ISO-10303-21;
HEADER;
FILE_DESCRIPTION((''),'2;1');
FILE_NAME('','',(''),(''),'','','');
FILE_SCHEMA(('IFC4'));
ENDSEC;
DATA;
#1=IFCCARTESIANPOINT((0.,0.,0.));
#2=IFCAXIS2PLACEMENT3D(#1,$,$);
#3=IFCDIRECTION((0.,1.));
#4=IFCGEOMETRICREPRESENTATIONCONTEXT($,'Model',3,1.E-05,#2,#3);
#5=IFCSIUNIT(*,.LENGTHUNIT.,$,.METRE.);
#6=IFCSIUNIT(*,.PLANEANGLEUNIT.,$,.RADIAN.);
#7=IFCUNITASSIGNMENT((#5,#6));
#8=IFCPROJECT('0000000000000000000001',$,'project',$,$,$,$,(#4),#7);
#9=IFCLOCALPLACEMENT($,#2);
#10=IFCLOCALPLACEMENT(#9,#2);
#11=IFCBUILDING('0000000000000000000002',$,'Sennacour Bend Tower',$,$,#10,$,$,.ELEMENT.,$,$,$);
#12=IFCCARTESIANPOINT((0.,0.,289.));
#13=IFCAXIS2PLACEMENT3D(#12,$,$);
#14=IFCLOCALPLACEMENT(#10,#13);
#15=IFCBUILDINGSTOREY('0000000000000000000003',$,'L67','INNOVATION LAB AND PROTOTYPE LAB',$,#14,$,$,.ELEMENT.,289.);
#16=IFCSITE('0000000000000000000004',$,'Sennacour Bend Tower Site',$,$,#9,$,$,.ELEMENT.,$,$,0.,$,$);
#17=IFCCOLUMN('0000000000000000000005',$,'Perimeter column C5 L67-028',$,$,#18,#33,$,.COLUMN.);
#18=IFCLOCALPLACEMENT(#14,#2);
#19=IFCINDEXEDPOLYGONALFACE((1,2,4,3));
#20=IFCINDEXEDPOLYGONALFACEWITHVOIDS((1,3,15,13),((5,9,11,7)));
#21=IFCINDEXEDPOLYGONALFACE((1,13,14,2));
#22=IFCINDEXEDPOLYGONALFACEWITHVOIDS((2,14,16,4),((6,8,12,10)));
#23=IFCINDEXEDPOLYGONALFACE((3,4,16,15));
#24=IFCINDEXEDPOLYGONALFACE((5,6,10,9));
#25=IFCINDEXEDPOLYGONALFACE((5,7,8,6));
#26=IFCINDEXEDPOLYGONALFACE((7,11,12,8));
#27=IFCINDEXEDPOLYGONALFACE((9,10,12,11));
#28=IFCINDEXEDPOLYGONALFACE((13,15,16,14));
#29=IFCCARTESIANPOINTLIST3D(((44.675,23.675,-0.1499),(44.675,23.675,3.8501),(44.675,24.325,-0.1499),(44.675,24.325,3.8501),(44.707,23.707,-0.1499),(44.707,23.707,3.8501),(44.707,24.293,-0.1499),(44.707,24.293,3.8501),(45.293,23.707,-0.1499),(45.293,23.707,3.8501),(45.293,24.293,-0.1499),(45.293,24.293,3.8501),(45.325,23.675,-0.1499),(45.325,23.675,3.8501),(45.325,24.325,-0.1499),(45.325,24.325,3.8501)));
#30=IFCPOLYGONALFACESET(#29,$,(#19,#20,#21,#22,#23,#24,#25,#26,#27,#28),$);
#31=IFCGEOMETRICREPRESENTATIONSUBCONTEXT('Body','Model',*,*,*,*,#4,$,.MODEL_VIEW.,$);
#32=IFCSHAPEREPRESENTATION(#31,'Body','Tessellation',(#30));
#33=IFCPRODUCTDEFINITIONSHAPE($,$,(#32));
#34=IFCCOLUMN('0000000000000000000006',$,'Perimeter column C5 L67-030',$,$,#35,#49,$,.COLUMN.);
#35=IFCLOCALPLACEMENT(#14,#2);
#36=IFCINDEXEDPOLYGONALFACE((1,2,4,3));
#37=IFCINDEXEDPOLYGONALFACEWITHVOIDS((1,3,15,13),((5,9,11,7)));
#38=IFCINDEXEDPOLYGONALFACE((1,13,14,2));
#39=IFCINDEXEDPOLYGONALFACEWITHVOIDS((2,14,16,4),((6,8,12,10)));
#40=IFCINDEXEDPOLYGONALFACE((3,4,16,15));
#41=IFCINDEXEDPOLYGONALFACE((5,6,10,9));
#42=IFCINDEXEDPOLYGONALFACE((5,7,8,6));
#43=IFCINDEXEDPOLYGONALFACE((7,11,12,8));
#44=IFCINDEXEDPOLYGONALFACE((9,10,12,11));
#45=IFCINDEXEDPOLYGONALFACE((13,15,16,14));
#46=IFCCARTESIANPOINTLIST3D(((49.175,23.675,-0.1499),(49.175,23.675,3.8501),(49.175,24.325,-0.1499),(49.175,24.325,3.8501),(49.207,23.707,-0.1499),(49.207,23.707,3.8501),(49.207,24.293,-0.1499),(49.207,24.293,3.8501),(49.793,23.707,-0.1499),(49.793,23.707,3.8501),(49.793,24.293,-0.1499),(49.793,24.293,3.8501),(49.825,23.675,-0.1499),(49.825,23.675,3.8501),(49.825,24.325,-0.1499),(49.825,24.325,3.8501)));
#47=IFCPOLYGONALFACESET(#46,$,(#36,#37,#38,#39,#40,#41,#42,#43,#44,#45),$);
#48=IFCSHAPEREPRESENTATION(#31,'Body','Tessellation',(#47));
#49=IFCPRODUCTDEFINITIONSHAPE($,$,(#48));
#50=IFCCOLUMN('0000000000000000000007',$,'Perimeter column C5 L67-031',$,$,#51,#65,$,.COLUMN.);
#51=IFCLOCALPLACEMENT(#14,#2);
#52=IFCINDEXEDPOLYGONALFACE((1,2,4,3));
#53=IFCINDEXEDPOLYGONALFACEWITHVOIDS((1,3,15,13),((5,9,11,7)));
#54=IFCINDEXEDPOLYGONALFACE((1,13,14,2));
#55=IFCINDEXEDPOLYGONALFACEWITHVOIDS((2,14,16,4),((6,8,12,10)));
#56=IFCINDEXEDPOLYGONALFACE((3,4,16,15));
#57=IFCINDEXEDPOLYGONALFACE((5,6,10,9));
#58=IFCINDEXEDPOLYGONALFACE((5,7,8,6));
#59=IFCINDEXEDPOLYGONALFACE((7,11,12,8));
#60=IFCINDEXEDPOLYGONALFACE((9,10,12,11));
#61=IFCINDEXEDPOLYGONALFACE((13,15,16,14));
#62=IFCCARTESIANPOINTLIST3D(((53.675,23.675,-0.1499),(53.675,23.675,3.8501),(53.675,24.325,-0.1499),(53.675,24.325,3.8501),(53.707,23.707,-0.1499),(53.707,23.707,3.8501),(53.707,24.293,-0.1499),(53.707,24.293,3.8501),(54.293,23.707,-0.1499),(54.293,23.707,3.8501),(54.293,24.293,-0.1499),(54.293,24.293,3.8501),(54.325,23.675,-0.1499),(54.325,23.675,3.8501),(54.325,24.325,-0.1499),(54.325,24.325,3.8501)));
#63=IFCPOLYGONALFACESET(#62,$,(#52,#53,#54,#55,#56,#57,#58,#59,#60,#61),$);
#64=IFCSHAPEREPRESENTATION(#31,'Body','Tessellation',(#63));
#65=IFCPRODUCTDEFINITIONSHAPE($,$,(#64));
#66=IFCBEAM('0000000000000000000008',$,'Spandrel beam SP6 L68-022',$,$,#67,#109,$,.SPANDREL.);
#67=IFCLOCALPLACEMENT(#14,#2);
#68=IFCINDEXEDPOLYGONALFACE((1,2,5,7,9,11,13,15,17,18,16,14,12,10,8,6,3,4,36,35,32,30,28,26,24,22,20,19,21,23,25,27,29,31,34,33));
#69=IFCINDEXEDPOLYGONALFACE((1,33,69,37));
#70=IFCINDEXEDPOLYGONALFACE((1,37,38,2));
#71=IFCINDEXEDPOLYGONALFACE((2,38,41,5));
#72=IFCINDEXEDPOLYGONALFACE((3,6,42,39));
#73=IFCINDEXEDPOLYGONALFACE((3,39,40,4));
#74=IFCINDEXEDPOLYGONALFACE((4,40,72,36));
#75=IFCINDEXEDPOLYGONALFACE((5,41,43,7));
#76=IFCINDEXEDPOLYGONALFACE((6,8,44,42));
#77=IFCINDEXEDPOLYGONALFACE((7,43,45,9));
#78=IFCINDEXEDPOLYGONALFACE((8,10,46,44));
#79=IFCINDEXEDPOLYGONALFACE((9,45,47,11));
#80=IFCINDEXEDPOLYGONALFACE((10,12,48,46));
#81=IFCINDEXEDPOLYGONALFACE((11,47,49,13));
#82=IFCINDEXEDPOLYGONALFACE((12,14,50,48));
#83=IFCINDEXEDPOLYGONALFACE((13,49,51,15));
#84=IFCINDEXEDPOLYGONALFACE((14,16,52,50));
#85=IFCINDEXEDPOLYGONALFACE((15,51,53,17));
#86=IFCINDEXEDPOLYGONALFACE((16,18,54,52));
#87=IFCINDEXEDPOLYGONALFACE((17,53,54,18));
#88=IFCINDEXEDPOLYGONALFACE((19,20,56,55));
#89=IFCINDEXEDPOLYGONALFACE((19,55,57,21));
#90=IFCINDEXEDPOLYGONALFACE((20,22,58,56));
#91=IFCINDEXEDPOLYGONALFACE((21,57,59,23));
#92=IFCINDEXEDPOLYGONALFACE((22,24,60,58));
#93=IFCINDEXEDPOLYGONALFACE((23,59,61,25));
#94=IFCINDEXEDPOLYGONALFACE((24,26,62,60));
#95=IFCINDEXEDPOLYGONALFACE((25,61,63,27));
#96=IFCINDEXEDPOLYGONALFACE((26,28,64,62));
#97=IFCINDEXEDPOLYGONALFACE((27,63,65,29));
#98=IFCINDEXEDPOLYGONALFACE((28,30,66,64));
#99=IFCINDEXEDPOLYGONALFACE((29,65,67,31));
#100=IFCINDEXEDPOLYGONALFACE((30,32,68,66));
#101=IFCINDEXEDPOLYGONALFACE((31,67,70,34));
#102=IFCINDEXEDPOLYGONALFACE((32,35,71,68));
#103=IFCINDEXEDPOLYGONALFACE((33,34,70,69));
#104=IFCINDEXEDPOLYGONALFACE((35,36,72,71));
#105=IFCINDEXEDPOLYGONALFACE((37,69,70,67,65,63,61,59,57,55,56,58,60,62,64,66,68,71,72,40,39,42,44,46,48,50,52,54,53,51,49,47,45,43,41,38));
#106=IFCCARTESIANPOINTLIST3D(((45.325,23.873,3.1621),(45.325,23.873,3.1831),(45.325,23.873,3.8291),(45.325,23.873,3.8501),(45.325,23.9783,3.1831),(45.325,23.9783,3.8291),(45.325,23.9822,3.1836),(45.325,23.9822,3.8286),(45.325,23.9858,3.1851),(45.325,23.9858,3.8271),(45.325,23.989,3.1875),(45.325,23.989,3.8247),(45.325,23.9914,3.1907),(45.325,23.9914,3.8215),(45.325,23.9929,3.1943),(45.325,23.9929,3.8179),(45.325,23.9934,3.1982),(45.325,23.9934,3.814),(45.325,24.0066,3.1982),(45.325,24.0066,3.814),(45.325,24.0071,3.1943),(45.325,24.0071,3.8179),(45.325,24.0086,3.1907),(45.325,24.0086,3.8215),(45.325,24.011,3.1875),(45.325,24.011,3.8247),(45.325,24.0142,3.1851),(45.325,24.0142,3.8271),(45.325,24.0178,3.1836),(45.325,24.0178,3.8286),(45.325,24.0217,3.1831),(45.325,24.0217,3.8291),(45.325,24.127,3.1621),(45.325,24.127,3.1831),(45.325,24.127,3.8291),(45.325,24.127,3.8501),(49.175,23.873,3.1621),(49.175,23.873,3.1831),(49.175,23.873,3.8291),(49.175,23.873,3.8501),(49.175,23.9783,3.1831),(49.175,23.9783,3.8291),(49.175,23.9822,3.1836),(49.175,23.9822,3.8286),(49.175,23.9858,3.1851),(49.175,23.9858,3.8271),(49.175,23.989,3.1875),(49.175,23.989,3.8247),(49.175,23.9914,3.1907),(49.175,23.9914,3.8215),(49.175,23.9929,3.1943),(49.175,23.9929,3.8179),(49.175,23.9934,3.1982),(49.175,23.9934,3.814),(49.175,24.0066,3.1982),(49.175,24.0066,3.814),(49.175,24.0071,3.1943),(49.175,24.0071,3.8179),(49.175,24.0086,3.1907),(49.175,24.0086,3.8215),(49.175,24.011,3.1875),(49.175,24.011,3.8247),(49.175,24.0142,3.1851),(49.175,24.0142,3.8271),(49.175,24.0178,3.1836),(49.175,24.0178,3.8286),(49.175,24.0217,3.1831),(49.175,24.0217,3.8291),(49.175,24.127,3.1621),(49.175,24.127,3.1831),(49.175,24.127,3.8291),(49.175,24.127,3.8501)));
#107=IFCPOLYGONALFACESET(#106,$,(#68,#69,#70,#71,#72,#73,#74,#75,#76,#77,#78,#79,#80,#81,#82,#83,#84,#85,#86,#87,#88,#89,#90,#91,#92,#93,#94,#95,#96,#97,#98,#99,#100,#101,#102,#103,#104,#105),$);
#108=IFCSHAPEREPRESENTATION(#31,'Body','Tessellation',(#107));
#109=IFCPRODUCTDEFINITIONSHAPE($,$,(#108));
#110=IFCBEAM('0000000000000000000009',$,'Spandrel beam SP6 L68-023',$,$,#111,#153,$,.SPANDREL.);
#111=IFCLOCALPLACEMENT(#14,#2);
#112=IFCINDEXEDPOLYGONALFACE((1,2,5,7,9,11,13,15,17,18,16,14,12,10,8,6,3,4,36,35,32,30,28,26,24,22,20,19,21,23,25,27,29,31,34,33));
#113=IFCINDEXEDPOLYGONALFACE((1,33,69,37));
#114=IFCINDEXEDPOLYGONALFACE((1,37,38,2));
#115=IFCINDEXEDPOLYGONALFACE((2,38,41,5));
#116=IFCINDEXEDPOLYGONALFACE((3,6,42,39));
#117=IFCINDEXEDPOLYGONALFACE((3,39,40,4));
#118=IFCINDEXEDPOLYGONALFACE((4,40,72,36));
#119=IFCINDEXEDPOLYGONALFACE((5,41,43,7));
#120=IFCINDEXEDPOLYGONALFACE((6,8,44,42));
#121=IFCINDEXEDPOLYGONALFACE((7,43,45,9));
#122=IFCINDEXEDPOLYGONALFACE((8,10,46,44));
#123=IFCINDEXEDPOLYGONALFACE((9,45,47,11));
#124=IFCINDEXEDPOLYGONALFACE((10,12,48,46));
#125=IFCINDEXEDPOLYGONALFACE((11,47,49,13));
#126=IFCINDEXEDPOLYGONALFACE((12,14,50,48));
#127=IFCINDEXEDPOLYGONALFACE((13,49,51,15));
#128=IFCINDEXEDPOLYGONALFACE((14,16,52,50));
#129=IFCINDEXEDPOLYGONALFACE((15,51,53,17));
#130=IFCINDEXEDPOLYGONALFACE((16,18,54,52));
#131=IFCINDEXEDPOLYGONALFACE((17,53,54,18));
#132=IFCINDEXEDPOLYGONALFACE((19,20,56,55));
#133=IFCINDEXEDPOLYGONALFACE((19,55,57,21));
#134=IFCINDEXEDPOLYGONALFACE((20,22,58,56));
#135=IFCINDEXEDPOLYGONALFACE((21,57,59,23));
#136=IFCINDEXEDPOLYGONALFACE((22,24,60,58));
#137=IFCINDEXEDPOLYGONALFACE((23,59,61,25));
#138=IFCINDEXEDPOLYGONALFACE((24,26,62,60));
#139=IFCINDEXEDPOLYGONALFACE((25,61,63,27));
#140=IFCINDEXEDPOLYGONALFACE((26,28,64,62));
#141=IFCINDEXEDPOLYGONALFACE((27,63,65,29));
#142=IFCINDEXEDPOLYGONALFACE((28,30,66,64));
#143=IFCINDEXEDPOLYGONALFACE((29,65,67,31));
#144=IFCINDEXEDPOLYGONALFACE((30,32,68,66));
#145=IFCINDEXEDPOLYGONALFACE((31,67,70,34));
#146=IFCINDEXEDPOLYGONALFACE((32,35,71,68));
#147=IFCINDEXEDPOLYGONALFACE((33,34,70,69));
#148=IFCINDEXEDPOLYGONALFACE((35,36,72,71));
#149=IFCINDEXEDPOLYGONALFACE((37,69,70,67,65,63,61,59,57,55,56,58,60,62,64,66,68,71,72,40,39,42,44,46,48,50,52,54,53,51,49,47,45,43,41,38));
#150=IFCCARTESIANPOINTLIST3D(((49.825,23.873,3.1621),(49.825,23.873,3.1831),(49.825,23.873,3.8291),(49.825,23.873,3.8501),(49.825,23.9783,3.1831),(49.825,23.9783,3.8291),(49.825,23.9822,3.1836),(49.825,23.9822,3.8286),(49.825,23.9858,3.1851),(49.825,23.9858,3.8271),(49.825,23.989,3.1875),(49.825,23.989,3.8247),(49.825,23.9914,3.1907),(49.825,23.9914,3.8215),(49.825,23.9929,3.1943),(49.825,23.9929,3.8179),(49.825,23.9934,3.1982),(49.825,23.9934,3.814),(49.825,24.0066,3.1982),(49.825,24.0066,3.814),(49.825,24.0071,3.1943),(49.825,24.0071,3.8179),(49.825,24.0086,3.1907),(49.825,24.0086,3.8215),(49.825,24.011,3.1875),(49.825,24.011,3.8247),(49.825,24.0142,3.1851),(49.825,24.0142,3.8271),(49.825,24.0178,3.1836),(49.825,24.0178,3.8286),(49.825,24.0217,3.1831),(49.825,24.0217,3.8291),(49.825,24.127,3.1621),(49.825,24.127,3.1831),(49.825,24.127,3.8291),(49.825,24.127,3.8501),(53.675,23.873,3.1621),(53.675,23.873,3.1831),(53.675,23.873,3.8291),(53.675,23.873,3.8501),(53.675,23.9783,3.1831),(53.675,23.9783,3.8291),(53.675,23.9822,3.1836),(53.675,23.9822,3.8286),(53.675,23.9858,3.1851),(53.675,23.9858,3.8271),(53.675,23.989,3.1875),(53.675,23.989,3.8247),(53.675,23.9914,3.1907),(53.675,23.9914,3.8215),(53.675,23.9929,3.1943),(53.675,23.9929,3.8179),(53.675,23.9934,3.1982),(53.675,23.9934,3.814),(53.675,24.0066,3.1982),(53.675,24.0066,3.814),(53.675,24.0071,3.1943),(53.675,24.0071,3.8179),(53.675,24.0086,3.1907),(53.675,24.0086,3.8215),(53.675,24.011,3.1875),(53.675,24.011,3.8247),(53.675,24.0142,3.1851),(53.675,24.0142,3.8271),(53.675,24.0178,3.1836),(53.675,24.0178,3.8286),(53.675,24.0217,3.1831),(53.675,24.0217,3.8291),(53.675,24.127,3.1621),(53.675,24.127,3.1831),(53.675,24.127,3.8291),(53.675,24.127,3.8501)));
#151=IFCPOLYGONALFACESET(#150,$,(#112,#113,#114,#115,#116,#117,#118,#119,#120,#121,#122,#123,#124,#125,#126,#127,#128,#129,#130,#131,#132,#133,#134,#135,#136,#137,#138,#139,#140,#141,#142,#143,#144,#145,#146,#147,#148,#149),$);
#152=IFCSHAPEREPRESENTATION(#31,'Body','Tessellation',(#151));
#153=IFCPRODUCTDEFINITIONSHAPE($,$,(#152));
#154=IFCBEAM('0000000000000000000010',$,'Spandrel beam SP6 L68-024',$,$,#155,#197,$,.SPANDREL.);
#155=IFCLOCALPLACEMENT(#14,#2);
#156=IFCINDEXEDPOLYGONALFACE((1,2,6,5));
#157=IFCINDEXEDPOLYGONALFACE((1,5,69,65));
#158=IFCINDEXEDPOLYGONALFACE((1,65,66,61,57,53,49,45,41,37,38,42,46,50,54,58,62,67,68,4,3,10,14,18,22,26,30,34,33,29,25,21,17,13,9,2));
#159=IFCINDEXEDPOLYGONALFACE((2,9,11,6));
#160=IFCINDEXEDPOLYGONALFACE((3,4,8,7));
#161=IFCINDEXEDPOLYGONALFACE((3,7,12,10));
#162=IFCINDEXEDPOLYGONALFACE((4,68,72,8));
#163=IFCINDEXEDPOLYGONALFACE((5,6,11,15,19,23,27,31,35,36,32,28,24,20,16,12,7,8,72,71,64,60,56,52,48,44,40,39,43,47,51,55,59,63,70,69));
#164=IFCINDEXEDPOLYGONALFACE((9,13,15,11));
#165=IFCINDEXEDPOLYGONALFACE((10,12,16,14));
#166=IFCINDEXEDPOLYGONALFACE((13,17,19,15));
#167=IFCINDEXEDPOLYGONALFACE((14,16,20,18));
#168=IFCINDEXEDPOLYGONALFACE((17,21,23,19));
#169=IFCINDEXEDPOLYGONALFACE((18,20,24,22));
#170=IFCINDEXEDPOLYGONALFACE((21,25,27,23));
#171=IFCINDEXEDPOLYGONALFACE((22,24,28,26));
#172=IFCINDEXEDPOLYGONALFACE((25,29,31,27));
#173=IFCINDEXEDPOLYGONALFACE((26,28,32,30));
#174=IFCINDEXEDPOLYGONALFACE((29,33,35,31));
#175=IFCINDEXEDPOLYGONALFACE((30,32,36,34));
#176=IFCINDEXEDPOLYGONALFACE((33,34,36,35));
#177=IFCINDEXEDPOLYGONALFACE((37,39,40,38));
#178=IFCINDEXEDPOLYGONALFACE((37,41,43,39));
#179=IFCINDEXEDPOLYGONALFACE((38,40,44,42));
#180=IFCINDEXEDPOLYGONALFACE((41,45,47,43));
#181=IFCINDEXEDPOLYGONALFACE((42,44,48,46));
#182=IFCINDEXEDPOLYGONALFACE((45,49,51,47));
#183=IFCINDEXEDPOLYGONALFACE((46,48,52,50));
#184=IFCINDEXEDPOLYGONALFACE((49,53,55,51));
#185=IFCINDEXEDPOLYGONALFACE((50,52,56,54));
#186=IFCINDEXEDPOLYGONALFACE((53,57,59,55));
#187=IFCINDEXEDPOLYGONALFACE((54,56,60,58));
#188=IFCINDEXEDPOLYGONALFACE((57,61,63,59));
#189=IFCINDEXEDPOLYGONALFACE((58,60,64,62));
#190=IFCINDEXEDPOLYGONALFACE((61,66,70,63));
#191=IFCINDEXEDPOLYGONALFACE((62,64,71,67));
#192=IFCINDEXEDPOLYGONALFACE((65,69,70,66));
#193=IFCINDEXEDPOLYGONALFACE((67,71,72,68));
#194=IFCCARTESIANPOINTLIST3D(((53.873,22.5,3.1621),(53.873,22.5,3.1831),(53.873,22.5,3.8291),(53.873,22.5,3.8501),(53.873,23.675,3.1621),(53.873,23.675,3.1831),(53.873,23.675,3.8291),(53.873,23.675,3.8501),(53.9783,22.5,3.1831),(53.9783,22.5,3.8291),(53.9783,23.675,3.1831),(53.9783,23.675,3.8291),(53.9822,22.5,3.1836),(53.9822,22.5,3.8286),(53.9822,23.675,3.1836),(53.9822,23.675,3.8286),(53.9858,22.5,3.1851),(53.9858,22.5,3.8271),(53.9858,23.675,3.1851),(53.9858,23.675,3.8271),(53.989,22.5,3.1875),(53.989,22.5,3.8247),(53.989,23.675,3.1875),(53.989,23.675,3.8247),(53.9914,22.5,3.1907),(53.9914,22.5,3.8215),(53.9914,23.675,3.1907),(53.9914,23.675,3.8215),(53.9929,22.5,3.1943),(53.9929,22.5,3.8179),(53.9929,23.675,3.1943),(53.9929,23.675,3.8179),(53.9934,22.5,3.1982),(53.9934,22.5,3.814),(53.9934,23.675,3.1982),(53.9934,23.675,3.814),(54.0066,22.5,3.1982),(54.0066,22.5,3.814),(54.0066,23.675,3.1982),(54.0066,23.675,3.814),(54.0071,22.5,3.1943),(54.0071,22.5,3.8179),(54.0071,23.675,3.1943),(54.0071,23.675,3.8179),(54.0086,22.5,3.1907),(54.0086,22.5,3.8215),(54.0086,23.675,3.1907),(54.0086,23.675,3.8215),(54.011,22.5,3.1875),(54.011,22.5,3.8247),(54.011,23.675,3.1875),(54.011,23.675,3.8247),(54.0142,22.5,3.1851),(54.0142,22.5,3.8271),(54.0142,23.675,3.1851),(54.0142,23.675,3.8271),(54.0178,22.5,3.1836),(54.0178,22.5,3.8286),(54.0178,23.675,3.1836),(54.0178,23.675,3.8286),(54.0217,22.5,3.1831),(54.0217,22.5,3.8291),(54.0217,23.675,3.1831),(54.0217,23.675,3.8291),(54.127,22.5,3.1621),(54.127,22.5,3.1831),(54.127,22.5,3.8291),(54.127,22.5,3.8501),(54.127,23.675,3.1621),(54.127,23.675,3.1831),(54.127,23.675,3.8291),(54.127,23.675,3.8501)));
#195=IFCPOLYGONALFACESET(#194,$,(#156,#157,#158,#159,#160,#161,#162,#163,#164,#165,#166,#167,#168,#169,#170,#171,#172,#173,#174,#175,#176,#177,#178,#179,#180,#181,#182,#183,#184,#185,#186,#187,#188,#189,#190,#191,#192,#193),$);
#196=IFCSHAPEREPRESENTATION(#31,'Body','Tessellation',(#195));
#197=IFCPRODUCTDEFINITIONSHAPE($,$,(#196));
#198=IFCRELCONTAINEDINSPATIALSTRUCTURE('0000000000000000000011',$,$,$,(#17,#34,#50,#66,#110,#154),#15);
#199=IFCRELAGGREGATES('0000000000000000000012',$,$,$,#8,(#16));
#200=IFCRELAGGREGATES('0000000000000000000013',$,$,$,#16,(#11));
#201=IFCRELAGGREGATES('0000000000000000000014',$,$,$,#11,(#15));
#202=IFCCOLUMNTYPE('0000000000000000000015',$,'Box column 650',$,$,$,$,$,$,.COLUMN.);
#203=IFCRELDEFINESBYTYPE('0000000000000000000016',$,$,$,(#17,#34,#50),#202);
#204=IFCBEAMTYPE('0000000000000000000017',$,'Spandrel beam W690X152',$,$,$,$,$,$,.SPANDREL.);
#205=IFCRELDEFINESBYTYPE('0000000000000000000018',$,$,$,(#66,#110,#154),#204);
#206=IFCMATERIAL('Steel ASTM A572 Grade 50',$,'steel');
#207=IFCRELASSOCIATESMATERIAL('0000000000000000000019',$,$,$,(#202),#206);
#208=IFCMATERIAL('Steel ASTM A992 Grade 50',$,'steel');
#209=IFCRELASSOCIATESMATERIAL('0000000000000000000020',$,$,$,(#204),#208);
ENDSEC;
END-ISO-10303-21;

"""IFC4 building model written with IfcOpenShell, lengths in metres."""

from ifc_helpers import new_model, si_unit, direction, frame, origin, origin_2d, place, context, subcontext, project, spatial, hollow_rectangle, i_section, extrude, material, material_profile, profile_set, type_object, element, save


model = new_model("IFC4")

# Units and contexts
model_context = context("Model", 3, precision=1e-05, world=origin(), true_north=direction((0.0, 1.0)))
body_context = subcontext(model_context, "Body", "Model", "MODEL_VIEW")
ifc_project = project(units=[si_unit("LENGTHUNIT", "METRE"), si_unit("PLANEANGLEUNIT", "RADIAN")], contexts=[model_context])

# Site, building, storey
site_placement = place(None, origin())
site = spatial("IfcSite", under=ifc_project, at=site_placement, Name="Sennacour Bend Tower Site", CompositionType="ELEMENT", RefElevation=0.0)
building_placement = place(site_placement, origin())
building = spatial("IfcBuilding", under=site, at=building_placement, Name="Sennacour Bend Tower", CompositionType="ELEMENT")
storey_placement = place(building_placement, frame((0.0, 0.0, 289.0)))
storey = spatial("IfcBuildingStorey", under=building, at=storey_placement, Name="L67", Description="INNOVATION LAB AND PROTOTYPE LAB", CompositionType="ELEMENT", Elevation=289.0)

# Columns
ifc_material_1 = material(Name="Steel ASTM A572 Grade 50", Category="steel")
ifc_material_profile_1 = material_profile(ifc_material_1, hollow_rectangle(XDim=0.6499, YDim=0.6499, WallThickness=0.032, at=origin_2d()), Name="Steel ASTM A572 Grade 50", Category="steel")
ifc_profile_set_1 = profile_set([ifc_material_profile_1], Name="Steel ASTM A572 Grade 50")
column_type = type_object("IfcColumnType", Name="Box column 650", PredefinedType="COLUMN", material=ifc_profile_set_1)
for number, where, z_axis, x_axis, name in (
    (1, (45.0, 24.0, -0.1499), (0.0, 0.0, 1.0), (1.0, 0.0, 0.0), "Perimeter column C5 L67-028"),
    (2, (49.5, 24.0, -0.1499), (0.0, 0.0, 1.0), (1.0, 0.0, 0.0), "Perimeter column C5 L67-030"),
    (3, (54.0, 24.0, -0.1499), (0.0, 0.0, 1.0), (1.0, 0.0, 0.0), "Perimeter column C5 L67-031"),
):
    element("IfcColumn", number, at=place(storey_placement, frame(where, z_axis=z_axis, x_axis=x_axis)), inside=storey, type_object=column_type, Name=name, PredefinedType="COLUMN", context=body_context, shape_type="SweptSolid", body=[
        extrude(hollow_rectangle(XDim=0.6499, YDim=0.6499, WallThickness=0.032, at=origin_2d()), origin(), (0.0, 0.0, 1.0), 4.0),
    ])

# Beams
ifc_material_2 = material(Name="Steel ASTM A992 Grade 50", Category="steel")
ifc_material_profile_2 = material_profile(ifc_material_2, i_section(OverallWidth=0.2539, OverallDepth=0.688, WebThickness=0.0132, FlangeThickness=0.021, FilletRadius=0.0151, at=origin_2d()), Name="Steel ASTM A992 Grade 50", Category="steel")
ifc_profile_set_2 = profile_set([ifc_material_profile_2], Name="Steel ASTM A992 Grade 50")
beam_type = type_object("IfcBeamType", Name="Spandrel beam W690X152", PredefinedType="SPANDREL", material=ifc_profile_set_2)
for number, where, z_axis, x_axis, name in (
    (4, (45.325, 24.0, 3.5061), (1.0, 0.0, 0.0), (0.0, 1.0, 0.0), "Spandrel beam SP6 L68-022"),
    (5, (49.825, 24.0, 3.5061), (1.0, 0.0, 0.0), (0.0, 1.0, 0.0), "Spandrel beam SP6 L68-023"),
):
    element("IfcBeam", number, at=place(storey_placement, frame(where, z_axis=z_axis, x_axis=x_axis)), inside=storey, type_object=beam_type, Name=name, PredefinedType="SPANDREL", context=body_context, shape_type="SweptSolid", body=[
        extrude(i_section(OverallWidth=0.2539, OverallDepth=0.688, WebThickness=0.0132, FlangeThickness=0.021, FilletRadius=0.0151, at=origin_2d()), origin(), (0.0, 0.0, 1.0), 3.8501),
    ])
beam_placement = place(storey_placement, frame((54.0, 23.675, 3.5061), z_axis=(0.0, -1.0, 0.0), x_axis=(1.0, 0.0, 0.0)))
element("IfcBeam", 6, at=beam_placement, inside=storey, type_object=beam_type, Name="Spandrel beam SP6 L68-024", PredefinedType="SPANDREL", context=body_context, shape_type="SweptSolid", body=[
    extrude(i_section(OverallWidth=0.2539, OverallDepth=0.688, WebThickness=0.0132, FlangeThickness=0.021, FilletRadius=0.0151, at=origin_2d()), origin(), (0.0, 0.0, 1.0), 1.175),
])

save(model, "model.ifc")
